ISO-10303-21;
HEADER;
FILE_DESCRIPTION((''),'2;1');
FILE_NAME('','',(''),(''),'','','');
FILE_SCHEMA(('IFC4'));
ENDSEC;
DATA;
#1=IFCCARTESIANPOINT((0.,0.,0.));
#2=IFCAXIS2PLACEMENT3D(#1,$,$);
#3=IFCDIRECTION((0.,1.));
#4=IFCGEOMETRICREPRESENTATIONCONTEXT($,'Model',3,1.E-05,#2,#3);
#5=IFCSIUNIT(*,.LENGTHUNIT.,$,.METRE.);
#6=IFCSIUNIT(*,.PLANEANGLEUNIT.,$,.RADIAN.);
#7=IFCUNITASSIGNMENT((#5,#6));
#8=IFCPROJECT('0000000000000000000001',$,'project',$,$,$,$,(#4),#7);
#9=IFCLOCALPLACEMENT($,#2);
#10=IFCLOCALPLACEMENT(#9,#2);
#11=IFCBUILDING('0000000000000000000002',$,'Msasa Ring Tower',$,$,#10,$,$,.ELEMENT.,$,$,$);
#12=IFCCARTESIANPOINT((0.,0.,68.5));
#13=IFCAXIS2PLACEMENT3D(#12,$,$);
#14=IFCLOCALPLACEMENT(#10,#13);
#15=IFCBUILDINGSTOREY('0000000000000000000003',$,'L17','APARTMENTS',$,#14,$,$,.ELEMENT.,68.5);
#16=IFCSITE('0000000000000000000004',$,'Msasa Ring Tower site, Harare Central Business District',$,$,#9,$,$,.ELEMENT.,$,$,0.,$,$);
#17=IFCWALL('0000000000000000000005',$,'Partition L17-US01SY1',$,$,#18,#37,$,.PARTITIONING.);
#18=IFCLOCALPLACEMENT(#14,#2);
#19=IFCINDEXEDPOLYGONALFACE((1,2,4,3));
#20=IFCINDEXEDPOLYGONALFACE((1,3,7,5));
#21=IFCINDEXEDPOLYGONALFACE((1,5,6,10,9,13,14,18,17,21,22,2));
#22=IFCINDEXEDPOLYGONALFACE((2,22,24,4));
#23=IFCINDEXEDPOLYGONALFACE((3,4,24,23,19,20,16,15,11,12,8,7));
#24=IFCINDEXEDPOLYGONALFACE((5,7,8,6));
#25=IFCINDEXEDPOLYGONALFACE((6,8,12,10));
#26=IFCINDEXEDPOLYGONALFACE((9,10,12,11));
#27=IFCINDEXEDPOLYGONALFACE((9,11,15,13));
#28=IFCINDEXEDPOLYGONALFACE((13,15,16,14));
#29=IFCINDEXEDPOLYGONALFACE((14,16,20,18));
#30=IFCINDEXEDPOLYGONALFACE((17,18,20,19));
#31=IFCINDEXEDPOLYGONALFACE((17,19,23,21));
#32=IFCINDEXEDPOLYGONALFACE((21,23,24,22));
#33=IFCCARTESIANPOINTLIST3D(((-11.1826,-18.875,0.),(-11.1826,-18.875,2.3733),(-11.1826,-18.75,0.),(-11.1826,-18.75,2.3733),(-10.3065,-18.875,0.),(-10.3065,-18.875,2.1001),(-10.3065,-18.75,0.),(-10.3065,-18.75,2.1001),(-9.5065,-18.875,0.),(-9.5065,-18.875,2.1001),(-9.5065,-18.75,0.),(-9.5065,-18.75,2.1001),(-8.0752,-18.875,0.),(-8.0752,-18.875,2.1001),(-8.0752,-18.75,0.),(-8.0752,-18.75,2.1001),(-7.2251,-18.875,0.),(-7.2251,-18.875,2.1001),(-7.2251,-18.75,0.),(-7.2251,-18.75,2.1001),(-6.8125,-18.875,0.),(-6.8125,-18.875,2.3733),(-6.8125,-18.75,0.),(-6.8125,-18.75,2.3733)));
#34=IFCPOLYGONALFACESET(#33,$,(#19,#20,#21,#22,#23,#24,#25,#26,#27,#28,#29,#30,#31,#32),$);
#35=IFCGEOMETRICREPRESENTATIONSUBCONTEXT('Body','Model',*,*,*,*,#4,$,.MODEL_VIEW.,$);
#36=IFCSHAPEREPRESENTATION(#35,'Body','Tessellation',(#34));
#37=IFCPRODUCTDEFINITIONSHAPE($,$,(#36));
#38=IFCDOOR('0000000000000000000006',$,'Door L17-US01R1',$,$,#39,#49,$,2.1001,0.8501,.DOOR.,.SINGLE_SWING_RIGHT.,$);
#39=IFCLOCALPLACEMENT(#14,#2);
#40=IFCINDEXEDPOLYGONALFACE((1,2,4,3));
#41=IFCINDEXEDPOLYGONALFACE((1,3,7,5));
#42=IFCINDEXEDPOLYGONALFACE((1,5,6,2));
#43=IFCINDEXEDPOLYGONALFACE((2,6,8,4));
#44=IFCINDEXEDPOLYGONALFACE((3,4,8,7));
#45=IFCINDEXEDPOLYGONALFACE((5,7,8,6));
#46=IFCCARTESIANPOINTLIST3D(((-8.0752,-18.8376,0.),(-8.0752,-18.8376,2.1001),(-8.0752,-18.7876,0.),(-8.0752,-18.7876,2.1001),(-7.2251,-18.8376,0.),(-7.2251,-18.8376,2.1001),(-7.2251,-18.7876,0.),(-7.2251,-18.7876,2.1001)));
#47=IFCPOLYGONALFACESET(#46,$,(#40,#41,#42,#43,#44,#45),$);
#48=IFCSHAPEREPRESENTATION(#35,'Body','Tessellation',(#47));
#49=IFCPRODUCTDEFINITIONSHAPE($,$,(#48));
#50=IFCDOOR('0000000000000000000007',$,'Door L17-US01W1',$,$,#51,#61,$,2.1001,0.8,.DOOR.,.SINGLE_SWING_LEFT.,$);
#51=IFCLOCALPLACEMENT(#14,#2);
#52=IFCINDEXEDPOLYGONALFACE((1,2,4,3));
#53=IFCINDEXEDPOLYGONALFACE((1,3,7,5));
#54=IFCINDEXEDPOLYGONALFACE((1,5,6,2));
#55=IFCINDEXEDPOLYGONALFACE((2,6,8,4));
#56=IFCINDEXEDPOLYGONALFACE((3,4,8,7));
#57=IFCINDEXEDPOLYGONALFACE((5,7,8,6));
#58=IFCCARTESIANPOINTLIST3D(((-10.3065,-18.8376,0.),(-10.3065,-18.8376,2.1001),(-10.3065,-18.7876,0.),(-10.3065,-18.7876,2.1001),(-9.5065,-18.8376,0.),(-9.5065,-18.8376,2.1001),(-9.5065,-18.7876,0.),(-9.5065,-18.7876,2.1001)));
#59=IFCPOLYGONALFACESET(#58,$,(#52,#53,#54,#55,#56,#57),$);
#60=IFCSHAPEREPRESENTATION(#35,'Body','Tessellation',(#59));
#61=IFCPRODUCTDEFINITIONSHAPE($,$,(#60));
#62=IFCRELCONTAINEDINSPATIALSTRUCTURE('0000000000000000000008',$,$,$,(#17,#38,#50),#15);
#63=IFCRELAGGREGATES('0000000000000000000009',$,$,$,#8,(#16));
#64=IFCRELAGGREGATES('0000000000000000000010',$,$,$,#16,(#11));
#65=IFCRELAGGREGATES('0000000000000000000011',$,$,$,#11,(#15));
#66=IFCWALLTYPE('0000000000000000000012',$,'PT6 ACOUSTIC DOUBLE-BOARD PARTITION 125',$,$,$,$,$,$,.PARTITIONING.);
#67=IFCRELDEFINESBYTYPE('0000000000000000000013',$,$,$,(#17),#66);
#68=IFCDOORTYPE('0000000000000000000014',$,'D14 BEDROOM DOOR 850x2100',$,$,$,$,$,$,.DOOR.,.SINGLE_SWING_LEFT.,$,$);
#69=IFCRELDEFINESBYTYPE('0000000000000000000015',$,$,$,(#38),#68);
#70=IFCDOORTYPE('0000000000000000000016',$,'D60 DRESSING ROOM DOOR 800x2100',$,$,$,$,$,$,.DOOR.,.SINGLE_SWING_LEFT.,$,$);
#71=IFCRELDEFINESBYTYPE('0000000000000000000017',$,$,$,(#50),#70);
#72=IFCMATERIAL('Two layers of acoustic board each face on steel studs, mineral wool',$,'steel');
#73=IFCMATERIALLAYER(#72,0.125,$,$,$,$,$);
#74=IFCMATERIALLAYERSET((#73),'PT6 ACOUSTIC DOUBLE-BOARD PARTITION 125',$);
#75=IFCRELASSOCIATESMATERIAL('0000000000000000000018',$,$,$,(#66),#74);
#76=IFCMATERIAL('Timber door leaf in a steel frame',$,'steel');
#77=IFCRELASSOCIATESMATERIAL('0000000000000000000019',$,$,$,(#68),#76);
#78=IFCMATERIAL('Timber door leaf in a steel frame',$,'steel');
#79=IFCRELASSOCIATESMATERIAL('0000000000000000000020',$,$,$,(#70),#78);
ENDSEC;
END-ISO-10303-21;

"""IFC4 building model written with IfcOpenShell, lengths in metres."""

from ifc_helpers import new_model, si_unit, direction, frame, frame_2d, origin, place, context, subcontext, project, spatial, rectangle, extrude, material, layer, layer_set, type_object, element, fill, save


model = new_model("IFC4")

# Units and contexts
model_context = context("Model", 3, precision=1e-05, world=origin(), true_north=direction((0.0, 1.0)))
body_context = subcontext(model_context, "Body", "Model", "MODEL_VIEW")
ifc_project = project(units=[si_unit("LENGTHUNIT", "METRE"), si_unit("PLANEANGLEUNIT", "RADIAN")], contexts=[model_context])

# Site, building, storey
site_placement = place(None, origin())
site = spatial("IfcSite", under=ifc_project, at=site_placement, Name="Msasa Ring Tower site, Harare Central Business District", CompositionType="ELEMENT", RefElevation=0.0)
building_placement = place(site_placement, origin())
building = spatial("IfcBuilding", under=site, at=building_placement, Name="Msasa Ring Tower", CompositionType="ELEMENT")
storey_placement = place(building_placement, frame((0.0, 0.0, 68.5)))
storey = spatial("IfcBuildingStorey", under=building, at=storey_placement, Name="L17", Description="APARTMENTS", CompositionType="ELEMENT", Elevation=68.5)

# Shared definitions
ifc_material_1 = material(Name="Two layers of acoustic board each face on steel studs, mineral wool", Category="steel")
ifc_layer_1 = layer(ifc_material_1, 0.125)
ifc_layer_set_1 = layer_set([ifc_layer_1], Name="PT6 ACOUSTIC DOUBLE-BOARD PARTITION 125")
wall_type_1 = type_object("IfcWallType", Name="PT6 ACOUSTIC DOUBLE-BOARD PARTITION 125", PredefinedType="PARTITIONING", material=ifc_layer_set_1)

# Wall, openings, doors
wall_1_placement = place(storey_placement, frame((-11.1826, -18.8125, 0.0), z_axis=(0.0, 0.0, 1.0), x_axis=(1.0, 0.0, 0.0)))
wall_1 = element("IfcWall", 1, at=wall_1_placement, inside=storey, type_object=wall_type_1, Name="Partition L17-US01SY1", PredefinedType="PARTITIONING", context=body_context, shape_type="SweptSolid", body=[
    extrude(rectangle(XDim=4.3701, YDim=0.125, at=frame_2d((2.1851, 0.0))), origin(), (0.0, 0.0, 1.0), 2.3733),
])
opening_1_placement = place(wall_1_placement, frame((3.1074, 0.0, 0.0)))
opening_1 = element("IfcOpeningElement", 2, at=opening_1_placement, cuts=wall_1, PredefinedType="OPENING", context=body_context, shape_type="SweptSolid", body=[
    extrude(rectangle(XDim=0.8501, YDim=2.1001, at=frame_2d((0.425, 1.05))), frame((0.0, 0.0725, 0.0), z_axis=(0.0, -1.0, 0.0), x_axis=(1.0, 0.0, 0.0)), (0.0, 0.0, 1.0), 0.145),
])
opening_2_placement = place(wall_1_placement, frame((0.8762, 0.0, 0.0)))
opening_2 = element("IfcOpeningElement", 3, at=opening_2_placement, cuts=wall_1, PredefinedType="OPENING", context=body_context, shape_type="SweptSolid", body=[
    extrude(rectangle(XDim=0.8, YDim=2.1001, at=frame_2d((0.3999, 1.05))), frame((0.0, 0.0725, 0.0), z_axis=(0.0, -1.0, 0.0), x_axis=(1.0, 0.0, 0.0)), (0.0, 0.0, 1.0), 0.145),
])
ifc_material_2 = material(Name="Timber door leaf in a steel frame", Category="steel")
door_type_1 = type_object("IfcDoorType", Name="D14 BEDROOM DOOR 850x2100", OperationType="SINGLE_SWING_LEFT", PredefinedType="DOOR", material=ifc_material_2)
door_1_placement = place(opening_1_placement, origin())
door_1 = element("IfcDoor", 4, at=door_1_placement, inside=storey, type_object=door_type_1, Name="Door L17-US01R1", OperationType="SINGLE_SWING_RIGHT", OverallHeight=2.1001, OverallWidth=0.8501, PredefinedType="DOOR", context=body_context, shape_type="SweptSolid", body=[
    extrude(rectangle(XDim=0.8501, YDim=2.1001, at=frame_2d((0.425, 1.05))), frame((0.0, 0.0249, 0.0), z_axis=(0.0, -1.0, 0.0), x_axis=(1.0, 0.0, 0.0)), (0.0, 0.0, 1.0), 0.05),
])
fill(opening_1, door_1)
ifc_material_3 = material(Name="Timber door leaf in a steel frame", Category="steel")
door_type_2 = type_object("IfcDoorType", Name="D60 DRESSING ROOM DOOR 800x2100", OperationType="SINGLE_SWING_LEFT", PredefinedType="DOOR", material=ifc_material_3)
door_2_placement = place(opening_2_placement, origin())
door_2 = element("IfcDoor", 5, at=door_2_placement, inside=storey, type_object=door_type_2, Name="Door L17-US01W1", OperationType="SINGLE_SWING_LEFT", OverallHeight=2.1001, OverallWidth=0.8, PredefinedType="DOOR", context=body_context, shape_type="SweptSolid", body=[
    extrude(rectangle(XDim=0.8, YDim=2.1001, at=frame_2d((0.3999, 1.05))), frame((0.0, 0.0249, 0.0), z_axis=(0.0, -1.0, 0.0), x_axis=(1.0, 0.0, 0.0)), (0.0, 0.0, 1.0), 0.05),
])
fill(opening_2, door_2)

save(model, "model.ifc")
